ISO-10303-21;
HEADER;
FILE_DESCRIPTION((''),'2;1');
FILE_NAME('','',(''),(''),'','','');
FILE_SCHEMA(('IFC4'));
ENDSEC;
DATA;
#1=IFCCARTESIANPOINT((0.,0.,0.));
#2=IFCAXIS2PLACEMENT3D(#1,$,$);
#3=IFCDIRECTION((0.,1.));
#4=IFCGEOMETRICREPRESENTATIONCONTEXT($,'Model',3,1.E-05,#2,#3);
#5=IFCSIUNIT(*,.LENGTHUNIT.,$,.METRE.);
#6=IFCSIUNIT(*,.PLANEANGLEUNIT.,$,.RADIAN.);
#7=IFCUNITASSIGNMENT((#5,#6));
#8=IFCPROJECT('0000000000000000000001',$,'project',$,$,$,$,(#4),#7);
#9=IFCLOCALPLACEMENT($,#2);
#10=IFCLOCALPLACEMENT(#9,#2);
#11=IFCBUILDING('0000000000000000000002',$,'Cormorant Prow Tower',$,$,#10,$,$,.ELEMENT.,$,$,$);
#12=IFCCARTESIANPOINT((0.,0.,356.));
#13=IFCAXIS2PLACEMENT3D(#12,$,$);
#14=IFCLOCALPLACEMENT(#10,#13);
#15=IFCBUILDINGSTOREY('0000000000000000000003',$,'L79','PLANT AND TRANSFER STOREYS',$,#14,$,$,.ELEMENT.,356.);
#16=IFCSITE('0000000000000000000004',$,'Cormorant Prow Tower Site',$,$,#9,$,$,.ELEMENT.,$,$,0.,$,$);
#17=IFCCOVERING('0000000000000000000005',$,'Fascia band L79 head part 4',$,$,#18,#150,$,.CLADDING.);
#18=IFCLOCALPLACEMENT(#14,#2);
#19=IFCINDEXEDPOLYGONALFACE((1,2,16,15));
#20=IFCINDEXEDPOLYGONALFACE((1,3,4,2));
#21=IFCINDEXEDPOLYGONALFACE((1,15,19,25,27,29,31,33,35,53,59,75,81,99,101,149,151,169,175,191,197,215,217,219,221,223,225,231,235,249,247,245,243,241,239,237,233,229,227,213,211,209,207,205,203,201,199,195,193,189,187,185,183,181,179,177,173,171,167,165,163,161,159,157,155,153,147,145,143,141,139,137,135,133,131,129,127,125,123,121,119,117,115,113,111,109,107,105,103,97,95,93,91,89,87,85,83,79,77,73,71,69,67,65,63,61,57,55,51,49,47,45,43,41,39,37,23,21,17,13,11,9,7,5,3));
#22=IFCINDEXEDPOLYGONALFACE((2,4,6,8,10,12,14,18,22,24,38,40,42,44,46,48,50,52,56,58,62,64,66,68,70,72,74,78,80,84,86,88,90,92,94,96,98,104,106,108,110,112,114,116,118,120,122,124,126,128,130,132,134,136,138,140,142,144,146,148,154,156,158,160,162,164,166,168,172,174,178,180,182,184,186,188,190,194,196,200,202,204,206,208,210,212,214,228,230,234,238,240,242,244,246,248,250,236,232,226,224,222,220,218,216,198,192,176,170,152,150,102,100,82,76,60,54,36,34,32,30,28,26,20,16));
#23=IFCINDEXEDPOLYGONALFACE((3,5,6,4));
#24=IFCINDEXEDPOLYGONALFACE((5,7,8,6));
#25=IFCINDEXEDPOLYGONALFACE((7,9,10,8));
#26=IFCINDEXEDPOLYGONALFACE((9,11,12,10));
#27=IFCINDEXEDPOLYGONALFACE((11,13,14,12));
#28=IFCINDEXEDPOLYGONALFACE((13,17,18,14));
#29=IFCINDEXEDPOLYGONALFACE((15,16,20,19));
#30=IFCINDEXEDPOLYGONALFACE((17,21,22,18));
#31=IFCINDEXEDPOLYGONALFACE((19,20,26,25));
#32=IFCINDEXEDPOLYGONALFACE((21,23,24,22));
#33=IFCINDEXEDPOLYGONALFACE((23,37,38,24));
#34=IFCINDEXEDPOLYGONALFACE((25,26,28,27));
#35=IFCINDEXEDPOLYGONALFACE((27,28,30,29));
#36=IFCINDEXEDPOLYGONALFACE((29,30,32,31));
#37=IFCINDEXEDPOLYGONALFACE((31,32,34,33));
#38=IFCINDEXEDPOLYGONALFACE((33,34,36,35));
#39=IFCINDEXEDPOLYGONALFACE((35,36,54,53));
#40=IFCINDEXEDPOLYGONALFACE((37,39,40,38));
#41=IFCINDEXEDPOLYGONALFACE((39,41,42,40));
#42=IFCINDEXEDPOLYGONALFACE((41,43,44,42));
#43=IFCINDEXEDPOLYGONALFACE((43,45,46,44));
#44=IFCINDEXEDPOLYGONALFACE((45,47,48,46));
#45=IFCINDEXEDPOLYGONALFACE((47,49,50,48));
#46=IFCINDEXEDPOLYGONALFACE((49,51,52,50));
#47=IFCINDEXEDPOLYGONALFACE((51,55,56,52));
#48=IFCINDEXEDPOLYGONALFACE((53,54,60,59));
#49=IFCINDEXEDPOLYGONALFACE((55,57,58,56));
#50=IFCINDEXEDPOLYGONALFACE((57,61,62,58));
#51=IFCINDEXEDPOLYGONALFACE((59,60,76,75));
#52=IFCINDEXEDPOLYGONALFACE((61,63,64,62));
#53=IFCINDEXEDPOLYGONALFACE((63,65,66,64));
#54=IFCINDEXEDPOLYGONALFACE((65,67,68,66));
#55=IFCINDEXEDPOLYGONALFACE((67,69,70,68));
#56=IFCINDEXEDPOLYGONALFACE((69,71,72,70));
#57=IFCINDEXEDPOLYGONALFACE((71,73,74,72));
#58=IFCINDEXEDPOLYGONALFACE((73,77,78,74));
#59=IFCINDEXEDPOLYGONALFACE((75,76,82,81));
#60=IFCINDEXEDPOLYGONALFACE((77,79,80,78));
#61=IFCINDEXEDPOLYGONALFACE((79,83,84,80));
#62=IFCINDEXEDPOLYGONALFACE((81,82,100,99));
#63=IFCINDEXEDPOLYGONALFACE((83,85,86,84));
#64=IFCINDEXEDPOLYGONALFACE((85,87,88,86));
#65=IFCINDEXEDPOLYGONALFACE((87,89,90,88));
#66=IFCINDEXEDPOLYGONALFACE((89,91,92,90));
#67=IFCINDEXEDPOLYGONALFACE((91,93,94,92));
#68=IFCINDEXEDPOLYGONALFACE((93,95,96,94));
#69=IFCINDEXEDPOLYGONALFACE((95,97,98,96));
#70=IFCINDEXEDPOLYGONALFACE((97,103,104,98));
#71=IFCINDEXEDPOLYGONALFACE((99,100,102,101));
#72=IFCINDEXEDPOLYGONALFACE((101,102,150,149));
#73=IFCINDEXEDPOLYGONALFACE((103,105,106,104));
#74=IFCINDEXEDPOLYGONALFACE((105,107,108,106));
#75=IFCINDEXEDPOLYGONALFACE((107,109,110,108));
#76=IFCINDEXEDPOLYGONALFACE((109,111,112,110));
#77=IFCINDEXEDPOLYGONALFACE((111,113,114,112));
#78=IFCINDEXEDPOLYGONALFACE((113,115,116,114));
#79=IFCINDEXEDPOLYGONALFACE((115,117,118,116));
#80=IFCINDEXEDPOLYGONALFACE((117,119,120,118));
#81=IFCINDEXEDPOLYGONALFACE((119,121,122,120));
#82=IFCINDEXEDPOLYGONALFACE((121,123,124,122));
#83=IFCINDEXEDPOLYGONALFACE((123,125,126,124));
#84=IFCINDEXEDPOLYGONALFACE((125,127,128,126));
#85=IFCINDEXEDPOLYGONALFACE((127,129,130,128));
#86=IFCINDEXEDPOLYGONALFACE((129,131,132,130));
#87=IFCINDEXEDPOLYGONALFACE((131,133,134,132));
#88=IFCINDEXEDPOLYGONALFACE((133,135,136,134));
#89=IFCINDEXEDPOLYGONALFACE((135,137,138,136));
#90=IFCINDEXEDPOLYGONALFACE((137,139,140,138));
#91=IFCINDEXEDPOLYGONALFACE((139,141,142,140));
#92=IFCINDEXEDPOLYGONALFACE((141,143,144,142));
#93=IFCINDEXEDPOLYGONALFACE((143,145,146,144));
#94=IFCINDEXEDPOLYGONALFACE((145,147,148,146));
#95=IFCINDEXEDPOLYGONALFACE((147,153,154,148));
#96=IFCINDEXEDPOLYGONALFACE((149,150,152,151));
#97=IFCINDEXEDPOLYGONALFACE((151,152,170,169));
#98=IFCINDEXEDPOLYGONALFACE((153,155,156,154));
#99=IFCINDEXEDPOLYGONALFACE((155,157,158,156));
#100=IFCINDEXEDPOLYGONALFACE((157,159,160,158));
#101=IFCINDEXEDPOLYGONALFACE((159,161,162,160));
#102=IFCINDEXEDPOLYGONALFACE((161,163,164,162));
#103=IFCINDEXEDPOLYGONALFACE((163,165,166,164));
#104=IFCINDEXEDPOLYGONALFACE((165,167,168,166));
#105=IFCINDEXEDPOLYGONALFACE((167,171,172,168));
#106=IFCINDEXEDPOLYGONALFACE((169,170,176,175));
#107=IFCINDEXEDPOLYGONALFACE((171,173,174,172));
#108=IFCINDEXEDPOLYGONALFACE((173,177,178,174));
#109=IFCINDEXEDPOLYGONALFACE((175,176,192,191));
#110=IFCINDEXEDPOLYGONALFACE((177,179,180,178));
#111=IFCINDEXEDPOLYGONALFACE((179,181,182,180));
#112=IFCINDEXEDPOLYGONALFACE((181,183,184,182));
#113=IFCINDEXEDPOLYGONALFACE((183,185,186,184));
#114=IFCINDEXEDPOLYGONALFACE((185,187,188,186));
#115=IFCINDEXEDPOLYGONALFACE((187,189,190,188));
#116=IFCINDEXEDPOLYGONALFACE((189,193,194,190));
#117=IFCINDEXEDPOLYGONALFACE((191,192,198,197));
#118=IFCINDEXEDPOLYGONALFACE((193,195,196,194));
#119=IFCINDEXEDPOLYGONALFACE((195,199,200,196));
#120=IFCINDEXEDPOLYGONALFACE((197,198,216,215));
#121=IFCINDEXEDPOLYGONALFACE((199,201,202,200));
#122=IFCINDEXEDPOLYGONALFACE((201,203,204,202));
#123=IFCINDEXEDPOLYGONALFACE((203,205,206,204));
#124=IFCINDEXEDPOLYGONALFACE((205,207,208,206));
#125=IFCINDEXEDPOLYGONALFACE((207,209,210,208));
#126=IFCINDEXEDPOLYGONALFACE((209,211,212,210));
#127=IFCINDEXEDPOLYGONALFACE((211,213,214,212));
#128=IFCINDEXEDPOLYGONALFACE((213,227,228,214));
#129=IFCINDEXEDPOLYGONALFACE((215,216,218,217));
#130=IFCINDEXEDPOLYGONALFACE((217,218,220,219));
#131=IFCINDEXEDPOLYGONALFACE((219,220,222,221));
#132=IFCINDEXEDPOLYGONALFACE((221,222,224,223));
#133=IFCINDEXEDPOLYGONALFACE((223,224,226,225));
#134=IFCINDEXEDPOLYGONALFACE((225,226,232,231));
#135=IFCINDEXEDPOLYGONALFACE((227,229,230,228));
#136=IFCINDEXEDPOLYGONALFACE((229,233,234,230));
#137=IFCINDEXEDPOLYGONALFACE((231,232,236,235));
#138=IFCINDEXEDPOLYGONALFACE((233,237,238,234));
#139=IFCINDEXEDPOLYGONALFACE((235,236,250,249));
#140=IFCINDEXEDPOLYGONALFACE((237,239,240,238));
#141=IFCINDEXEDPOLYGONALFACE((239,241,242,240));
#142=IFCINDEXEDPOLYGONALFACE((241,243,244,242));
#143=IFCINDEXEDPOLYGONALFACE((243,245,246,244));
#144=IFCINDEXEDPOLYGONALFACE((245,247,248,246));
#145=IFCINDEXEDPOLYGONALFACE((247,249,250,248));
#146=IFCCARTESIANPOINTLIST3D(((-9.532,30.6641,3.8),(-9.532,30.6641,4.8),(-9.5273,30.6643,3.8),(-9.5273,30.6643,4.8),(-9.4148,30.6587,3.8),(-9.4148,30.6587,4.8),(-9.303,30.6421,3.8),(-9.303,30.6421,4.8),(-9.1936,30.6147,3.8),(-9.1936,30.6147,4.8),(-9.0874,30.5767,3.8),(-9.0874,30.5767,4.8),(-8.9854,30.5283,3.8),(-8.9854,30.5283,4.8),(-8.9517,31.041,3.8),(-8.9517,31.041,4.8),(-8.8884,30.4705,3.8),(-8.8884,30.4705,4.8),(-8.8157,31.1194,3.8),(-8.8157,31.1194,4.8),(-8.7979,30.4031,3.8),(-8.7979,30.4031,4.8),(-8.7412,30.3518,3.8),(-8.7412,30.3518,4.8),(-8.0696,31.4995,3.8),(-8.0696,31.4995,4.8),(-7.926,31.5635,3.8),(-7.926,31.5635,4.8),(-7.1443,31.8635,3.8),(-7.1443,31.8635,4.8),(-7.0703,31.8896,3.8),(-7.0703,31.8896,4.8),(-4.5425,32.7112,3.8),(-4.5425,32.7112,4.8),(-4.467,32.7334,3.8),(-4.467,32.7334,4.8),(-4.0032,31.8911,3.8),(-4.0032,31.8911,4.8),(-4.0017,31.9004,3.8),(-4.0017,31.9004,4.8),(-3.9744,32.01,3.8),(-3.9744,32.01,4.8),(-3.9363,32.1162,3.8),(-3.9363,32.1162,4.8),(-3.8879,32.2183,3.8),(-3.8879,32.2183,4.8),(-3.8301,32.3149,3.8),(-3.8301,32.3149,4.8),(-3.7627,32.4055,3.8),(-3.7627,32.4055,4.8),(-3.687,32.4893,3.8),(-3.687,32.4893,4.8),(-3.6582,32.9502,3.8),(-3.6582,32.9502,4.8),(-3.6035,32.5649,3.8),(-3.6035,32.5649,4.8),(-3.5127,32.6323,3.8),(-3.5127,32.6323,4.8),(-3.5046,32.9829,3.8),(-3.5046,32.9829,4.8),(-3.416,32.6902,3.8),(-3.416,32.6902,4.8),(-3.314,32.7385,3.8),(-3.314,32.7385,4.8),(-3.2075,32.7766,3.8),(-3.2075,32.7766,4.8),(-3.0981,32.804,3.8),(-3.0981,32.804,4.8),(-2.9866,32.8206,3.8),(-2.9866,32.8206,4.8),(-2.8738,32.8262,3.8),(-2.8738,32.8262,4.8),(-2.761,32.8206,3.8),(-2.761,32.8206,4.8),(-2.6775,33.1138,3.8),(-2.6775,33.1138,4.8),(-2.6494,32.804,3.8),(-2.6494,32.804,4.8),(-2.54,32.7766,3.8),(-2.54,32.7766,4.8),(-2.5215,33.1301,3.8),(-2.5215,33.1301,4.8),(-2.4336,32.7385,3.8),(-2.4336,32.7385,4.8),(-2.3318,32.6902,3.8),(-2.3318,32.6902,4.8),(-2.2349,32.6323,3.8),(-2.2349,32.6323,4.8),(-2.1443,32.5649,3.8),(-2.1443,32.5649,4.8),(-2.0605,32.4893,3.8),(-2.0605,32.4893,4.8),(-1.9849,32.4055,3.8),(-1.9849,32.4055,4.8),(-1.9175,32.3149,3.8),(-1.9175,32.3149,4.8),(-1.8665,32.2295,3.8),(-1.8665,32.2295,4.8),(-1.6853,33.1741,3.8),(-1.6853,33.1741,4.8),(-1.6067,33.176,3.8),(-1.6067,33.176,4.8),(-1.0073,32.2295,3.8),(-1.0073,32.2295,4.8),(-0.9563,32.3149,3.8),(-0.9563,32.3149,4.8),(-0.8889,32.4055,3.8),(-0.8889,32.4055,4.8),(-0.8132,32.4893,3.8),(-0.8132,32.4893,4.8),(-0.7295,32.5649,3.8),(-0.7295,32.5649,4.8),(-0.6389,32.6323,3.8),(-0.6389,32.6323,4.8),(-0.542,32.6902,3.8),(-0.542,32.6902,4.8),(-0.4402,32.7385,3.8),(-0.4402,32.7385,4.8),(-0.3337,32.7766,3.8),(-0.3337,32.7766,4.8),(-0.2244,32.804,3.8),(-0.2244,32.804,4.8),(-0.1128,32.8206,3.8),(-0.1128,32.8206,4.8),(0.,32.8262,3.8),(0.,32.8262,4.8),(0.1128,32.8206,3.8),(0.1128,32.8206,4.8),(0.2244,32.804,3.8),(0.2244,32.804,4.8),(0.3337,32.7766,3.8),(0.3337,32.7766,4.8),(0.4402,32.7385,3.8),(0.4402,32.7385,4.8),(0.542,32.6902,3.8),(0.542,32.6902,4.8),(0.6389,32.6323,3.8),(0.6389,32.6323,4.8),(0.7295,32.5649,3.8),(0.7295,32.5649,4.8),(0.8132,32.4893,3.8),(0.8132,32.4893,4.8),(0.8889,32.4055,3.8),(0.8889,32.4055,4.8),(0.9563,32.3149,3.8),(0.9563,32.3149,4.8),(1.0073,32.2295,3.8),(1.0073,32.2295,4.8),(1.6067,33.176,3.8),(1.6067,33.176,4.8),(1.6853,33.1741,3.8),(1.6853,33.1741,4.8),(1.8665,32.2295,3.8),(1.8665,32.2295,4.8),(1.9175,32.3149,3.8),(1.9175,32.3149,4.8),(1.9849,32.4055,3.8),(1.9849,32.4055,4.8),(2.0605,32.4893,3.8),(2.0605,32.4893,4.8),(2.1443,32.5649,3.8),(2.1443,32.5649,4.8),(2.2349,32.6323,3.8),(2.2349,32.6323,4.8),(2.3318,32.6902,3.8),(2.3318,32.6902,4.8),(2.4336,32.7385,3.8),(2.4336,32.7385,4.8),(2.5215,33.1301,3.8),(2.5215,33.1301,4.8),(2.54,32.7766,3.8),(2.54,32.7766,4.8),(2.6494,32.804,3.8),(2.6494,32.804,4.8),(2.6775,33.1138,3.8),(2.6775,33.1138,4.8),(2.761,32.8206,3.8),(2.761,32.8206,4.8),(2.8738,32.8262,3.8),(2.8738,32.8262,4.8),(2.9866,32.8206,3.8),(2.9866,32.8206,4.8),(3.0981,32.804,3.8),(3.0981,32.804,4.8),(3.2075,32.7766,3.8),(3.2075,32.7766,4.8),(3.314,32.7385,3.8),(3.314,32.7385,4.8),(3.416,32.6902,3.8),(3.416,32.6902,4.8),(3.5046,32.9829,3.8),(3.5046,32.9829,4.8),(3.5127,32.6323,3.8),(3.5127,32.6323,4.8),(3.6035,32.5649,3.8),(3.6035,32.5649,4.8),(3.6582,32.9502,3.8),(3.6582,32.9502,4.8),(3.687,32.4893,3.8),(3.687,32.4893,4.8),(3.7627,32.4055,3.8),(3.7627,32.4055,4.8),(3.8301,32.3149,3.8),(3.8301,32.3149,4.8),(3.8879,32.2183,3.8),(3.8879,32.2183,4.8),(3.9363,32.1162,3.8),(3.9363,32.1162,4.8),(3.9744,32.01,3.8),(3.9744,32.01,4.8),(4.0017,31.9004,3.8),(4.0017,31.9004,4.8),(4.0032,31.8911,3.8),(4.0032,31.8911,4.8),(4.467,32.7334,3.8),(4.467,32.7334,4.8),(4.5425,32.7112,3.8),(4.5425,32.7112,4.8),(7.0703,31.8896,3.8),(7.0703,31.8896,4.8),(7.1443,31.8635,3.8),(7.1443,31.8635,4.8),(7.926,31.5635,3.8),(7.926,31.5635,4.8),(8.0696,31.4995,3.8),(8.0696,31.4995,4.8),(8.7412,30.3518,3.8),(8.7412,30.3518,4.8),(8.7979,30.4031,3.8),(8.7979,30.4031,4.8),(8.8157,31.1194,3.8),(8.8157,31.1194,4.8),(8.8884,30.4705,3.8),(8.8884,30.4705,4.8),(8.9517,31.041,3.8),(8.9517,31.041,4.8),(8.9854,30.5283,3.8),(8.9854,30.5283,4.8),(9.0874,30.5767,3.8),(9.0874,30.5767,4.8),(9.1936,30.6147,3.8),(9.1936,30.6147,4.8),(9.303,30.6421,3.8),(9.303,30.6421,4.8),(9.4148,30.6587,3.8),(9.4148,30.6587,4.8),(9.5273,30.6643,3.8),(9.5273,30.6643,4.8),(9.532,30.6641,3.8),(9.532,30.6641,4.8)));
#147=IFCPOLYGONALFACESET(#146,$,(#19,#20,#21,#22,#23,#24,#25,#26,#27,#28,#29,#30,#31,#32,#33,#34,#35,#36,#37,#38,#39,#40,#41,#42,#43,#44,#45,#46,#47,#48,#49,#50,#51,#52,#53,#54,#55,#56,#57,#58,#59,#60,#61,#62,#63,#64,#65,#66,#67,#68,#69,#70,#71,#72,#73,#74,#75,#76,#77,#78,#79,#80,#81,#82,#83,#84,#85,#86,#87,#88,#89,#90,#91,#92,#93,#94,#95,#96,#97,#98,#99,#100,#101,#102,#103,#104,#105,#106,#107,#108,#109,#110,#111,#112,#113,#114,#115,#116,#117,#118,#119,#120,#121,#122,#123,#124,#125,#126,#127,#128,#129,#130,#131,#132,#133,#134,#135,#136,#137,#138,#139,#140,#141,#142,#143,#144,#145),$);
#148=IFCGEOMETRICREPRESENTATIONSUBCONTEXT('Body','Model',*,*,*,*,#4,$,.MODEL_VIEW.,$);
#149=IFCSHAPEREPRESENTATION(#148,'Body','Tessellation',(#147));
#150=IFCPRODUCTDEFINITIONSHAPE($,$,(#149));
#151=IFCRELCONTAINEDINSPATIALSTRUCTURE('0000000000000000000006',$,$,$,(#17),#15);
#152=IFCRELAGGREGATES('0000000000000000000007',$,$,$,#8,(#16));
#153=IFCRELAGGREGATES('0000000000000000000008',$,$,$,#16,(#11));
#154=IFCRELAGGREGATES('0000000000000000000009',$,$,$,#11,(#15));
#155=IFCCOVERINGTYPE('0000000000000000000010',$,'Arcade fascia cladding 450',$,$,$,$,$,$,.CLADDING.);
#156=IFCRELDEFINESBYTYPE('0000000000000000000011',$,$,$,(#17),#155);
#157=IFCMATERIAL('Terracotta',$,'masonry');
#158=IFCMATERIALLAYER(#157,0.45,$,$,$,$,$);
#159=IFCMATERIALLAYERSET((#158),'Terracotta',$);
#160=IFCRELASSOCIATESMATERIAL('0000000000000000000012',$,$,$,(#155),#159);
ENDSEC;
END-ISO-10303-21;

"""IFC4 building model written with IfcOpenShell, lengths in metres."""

from ifc_helpers import new_model, si_unit, direction, frame, origin, place, context, subcontext, project, spatial, polyline, outline, extrude, material, layer, layer_set, type_object, element, save


model = new_model("IFC4")

# Units and contexts
model_context = context("Model", 3, precision=1e-05, world=origin(), true_north=direction((0.0, 1.0)))
body_context = subcontext(model_context, "Body", "Model", "MODEL_VIEW")
ifc_project = project(units=[si_unit("LENGTHUNIT", "METRE"), si_unit("PLANEANGLEUNIT", "RADIAN")], contexts=[model_context])

# Site, building, storey
site_placement = place(None, origin())
site = spatial("IfcSite", under=ifc_project, at=site_placement, Name="Cormorant Prow Tower Site", CompositionType="ELEMENT", RefElevation=0.0)
building_placement = place(site_placement, origin())
building = spatial("IfcBuilding", under=site, at=building_placement, Name="Cormorant Prow Tower", CompositionType="ELEMENT")
storey_placement = place(building_placement, frame((0.0, 0.0, 356.0)))
storey = spatial("IfcBuildingStorey", under=building, at=storey_placement, Name="L79", Description="PLANT AND TRANSFER STOREYS", CompositionType="ELEMENT", Elevation=356.0)

# Covering
ifc_material_1 = material(Name="Terracotta", Category="masonry")
ifc_layer_1 = layer(ifc_material_1, 0.45)
ifc_layer_set_1 = layer_set([ifc_layer_1], Name="Terracotta")
covering_type = type_object("IfcCoveringType", Name="Arcade fascia cladding 450", PredefinedType="CLADDING", material=ifc_layer_set_1)
covering_1_placement = place(storey_placement, frame((0.0, 0.0, 3.8)))
element("IfcCovering", 1, at=covering_1_placement, inside=storey, type_object=covering_type, Name="Fascia band L79 head part 4", PredefinedType="CLADDING", context=body_context, shape_type="SweptSolid", body=[
    extrude(outline(polyline([(-8.0696, 31.4995), (-7.926, 31.5635), (-7.1443, 31.8635), (-7.0703, 31.8896), (-4.5425, 32.7112), (-4.467, 32.7334), (-3.6582, 32.9502), (-3.5046, 32.9829), (-2.6775, 33.1138), (-2.5215, 33.1301), (-1.6853, 33.1741), (-1.6067, 33.176), (1.6067, 33.176), (1.6853, 33.1741), (2.5215, 33.1301), (2.6775, 33.1138), (3.5046, 32.9829), (3.6582, 32.9502), (4.467, 32.7334), (4.5425, 32.7112), (7.0703, 31.8896), (7.1443, 31.8635), (7.926, 31.5635), (8.0696, 31.4995), (8.8157, 31.1194), (8.9517, 31.041), (9.532, 30.6641), (9.5273, 30.6643), (9.4148, 30.6587), (9.303, 30.6421), (9.1936, 30.6147), (9.0874, 30.5767), (8.9854, 30.5283), (8.8884, 30.4705), (8.7979, 30.4031), (8.7412, 30.3518), (4.0032, 31.8911), (4.0017, 31.9004), (3.9744, 32.01), (3.9363, 32.1162), (3.8879, 32.2183), (3.8301, 32.3149), (3.7627, 32.4055), (3.687, 32.4893), (3.6035, 32.5649), (3.5127, 32.6323), (3.416, 32.6902), (3.314, 32.7385), (3.2075, 32.7766), (3.0981, 32.804), (2.9866, 32.8206), (2.8738, 32.8262), (2.761, 32.8206), (2.6494, 32.804), (2.54, 32.7766), (2.4336, 32.7385), (2.3318, 32.6902), (2.2349, 32.6323), (2.1443, 32.5649), (2.0605, 32.4893), (1.9849, 32.4055), (1.9175, 32.3149), (1.8665, 32.2295), (1.0073, 32.2295), (0.9563, 32.3149), (0.8889, 32.4055), (0.8132, 32.4893), (0.7295, 32.5649), (0.6389, 32.6323), (0.542, 32.6902), (0.4402, 32.7385), (0.3337, 32.7766), (0.2244, 32.804), (0.1128, 32.8206), (0.0, 32.8262), (-0.1128, 32.8206), (-0.2244, 32.804), (-0.3337, 32.7766), (-0.4402, 32.7385), (-0.542, 32.6902), (-0.6389, 32.6323), (-0.7295, 32.5649), (-0.8132, 32.4893), (-0.8889, 32.4055), (-0.9563, 32.3149), (-1.0073, 32.2295), (-1.8665, 32.2295), (-1.9175, 32.3149), (-1.9849, 32.4055), (-2.0605, 32.4893), (-2.1443, 32.5649), (-2.2349, 32.6323), (-2.3318, 32.6902), (-2.4336, 32.7385), (-2.54, 32.7766), (-2.6494, 32.804), (-2.761, 32.8206), (-2.8738, 32.8262), (-2.9866, 32.8206), (-3.0981, 32.804), (-3.2075, 32.7766), (-3.314, 32.7385), (-3.416, 32.6902), (-3.5127, 32.6323), (-3.6035, 32.5649), (-3.687, 32.4893), (-3.7627, 32.4055), (-3.8301, 32.3149), (-3.8879, 32.2183), (-3.9363, 32.1162), (-3.9744, 32.01), (-4.0017, 31.9004), (-4.0032, 31.8911), (-8.7412, 30.3518), (-8.7979, 30.4031), (-8.8884, 30.4705), (-8.9854, 30.5283), (-9.0874, 30.5767), (-9.1936, 30.6147), (-9.303, 30.6421), (-9.4148, 30.6587), (-9.5273, 30.6643), (-9.532, 30.6641), (-8.9517, 31.041), (-8.8157, 31.1194), (-8.0696, 31.4995)])), origin(), (0.0, 0.0, 1.0), 1.0),
])

save(model, "model.ifc")
